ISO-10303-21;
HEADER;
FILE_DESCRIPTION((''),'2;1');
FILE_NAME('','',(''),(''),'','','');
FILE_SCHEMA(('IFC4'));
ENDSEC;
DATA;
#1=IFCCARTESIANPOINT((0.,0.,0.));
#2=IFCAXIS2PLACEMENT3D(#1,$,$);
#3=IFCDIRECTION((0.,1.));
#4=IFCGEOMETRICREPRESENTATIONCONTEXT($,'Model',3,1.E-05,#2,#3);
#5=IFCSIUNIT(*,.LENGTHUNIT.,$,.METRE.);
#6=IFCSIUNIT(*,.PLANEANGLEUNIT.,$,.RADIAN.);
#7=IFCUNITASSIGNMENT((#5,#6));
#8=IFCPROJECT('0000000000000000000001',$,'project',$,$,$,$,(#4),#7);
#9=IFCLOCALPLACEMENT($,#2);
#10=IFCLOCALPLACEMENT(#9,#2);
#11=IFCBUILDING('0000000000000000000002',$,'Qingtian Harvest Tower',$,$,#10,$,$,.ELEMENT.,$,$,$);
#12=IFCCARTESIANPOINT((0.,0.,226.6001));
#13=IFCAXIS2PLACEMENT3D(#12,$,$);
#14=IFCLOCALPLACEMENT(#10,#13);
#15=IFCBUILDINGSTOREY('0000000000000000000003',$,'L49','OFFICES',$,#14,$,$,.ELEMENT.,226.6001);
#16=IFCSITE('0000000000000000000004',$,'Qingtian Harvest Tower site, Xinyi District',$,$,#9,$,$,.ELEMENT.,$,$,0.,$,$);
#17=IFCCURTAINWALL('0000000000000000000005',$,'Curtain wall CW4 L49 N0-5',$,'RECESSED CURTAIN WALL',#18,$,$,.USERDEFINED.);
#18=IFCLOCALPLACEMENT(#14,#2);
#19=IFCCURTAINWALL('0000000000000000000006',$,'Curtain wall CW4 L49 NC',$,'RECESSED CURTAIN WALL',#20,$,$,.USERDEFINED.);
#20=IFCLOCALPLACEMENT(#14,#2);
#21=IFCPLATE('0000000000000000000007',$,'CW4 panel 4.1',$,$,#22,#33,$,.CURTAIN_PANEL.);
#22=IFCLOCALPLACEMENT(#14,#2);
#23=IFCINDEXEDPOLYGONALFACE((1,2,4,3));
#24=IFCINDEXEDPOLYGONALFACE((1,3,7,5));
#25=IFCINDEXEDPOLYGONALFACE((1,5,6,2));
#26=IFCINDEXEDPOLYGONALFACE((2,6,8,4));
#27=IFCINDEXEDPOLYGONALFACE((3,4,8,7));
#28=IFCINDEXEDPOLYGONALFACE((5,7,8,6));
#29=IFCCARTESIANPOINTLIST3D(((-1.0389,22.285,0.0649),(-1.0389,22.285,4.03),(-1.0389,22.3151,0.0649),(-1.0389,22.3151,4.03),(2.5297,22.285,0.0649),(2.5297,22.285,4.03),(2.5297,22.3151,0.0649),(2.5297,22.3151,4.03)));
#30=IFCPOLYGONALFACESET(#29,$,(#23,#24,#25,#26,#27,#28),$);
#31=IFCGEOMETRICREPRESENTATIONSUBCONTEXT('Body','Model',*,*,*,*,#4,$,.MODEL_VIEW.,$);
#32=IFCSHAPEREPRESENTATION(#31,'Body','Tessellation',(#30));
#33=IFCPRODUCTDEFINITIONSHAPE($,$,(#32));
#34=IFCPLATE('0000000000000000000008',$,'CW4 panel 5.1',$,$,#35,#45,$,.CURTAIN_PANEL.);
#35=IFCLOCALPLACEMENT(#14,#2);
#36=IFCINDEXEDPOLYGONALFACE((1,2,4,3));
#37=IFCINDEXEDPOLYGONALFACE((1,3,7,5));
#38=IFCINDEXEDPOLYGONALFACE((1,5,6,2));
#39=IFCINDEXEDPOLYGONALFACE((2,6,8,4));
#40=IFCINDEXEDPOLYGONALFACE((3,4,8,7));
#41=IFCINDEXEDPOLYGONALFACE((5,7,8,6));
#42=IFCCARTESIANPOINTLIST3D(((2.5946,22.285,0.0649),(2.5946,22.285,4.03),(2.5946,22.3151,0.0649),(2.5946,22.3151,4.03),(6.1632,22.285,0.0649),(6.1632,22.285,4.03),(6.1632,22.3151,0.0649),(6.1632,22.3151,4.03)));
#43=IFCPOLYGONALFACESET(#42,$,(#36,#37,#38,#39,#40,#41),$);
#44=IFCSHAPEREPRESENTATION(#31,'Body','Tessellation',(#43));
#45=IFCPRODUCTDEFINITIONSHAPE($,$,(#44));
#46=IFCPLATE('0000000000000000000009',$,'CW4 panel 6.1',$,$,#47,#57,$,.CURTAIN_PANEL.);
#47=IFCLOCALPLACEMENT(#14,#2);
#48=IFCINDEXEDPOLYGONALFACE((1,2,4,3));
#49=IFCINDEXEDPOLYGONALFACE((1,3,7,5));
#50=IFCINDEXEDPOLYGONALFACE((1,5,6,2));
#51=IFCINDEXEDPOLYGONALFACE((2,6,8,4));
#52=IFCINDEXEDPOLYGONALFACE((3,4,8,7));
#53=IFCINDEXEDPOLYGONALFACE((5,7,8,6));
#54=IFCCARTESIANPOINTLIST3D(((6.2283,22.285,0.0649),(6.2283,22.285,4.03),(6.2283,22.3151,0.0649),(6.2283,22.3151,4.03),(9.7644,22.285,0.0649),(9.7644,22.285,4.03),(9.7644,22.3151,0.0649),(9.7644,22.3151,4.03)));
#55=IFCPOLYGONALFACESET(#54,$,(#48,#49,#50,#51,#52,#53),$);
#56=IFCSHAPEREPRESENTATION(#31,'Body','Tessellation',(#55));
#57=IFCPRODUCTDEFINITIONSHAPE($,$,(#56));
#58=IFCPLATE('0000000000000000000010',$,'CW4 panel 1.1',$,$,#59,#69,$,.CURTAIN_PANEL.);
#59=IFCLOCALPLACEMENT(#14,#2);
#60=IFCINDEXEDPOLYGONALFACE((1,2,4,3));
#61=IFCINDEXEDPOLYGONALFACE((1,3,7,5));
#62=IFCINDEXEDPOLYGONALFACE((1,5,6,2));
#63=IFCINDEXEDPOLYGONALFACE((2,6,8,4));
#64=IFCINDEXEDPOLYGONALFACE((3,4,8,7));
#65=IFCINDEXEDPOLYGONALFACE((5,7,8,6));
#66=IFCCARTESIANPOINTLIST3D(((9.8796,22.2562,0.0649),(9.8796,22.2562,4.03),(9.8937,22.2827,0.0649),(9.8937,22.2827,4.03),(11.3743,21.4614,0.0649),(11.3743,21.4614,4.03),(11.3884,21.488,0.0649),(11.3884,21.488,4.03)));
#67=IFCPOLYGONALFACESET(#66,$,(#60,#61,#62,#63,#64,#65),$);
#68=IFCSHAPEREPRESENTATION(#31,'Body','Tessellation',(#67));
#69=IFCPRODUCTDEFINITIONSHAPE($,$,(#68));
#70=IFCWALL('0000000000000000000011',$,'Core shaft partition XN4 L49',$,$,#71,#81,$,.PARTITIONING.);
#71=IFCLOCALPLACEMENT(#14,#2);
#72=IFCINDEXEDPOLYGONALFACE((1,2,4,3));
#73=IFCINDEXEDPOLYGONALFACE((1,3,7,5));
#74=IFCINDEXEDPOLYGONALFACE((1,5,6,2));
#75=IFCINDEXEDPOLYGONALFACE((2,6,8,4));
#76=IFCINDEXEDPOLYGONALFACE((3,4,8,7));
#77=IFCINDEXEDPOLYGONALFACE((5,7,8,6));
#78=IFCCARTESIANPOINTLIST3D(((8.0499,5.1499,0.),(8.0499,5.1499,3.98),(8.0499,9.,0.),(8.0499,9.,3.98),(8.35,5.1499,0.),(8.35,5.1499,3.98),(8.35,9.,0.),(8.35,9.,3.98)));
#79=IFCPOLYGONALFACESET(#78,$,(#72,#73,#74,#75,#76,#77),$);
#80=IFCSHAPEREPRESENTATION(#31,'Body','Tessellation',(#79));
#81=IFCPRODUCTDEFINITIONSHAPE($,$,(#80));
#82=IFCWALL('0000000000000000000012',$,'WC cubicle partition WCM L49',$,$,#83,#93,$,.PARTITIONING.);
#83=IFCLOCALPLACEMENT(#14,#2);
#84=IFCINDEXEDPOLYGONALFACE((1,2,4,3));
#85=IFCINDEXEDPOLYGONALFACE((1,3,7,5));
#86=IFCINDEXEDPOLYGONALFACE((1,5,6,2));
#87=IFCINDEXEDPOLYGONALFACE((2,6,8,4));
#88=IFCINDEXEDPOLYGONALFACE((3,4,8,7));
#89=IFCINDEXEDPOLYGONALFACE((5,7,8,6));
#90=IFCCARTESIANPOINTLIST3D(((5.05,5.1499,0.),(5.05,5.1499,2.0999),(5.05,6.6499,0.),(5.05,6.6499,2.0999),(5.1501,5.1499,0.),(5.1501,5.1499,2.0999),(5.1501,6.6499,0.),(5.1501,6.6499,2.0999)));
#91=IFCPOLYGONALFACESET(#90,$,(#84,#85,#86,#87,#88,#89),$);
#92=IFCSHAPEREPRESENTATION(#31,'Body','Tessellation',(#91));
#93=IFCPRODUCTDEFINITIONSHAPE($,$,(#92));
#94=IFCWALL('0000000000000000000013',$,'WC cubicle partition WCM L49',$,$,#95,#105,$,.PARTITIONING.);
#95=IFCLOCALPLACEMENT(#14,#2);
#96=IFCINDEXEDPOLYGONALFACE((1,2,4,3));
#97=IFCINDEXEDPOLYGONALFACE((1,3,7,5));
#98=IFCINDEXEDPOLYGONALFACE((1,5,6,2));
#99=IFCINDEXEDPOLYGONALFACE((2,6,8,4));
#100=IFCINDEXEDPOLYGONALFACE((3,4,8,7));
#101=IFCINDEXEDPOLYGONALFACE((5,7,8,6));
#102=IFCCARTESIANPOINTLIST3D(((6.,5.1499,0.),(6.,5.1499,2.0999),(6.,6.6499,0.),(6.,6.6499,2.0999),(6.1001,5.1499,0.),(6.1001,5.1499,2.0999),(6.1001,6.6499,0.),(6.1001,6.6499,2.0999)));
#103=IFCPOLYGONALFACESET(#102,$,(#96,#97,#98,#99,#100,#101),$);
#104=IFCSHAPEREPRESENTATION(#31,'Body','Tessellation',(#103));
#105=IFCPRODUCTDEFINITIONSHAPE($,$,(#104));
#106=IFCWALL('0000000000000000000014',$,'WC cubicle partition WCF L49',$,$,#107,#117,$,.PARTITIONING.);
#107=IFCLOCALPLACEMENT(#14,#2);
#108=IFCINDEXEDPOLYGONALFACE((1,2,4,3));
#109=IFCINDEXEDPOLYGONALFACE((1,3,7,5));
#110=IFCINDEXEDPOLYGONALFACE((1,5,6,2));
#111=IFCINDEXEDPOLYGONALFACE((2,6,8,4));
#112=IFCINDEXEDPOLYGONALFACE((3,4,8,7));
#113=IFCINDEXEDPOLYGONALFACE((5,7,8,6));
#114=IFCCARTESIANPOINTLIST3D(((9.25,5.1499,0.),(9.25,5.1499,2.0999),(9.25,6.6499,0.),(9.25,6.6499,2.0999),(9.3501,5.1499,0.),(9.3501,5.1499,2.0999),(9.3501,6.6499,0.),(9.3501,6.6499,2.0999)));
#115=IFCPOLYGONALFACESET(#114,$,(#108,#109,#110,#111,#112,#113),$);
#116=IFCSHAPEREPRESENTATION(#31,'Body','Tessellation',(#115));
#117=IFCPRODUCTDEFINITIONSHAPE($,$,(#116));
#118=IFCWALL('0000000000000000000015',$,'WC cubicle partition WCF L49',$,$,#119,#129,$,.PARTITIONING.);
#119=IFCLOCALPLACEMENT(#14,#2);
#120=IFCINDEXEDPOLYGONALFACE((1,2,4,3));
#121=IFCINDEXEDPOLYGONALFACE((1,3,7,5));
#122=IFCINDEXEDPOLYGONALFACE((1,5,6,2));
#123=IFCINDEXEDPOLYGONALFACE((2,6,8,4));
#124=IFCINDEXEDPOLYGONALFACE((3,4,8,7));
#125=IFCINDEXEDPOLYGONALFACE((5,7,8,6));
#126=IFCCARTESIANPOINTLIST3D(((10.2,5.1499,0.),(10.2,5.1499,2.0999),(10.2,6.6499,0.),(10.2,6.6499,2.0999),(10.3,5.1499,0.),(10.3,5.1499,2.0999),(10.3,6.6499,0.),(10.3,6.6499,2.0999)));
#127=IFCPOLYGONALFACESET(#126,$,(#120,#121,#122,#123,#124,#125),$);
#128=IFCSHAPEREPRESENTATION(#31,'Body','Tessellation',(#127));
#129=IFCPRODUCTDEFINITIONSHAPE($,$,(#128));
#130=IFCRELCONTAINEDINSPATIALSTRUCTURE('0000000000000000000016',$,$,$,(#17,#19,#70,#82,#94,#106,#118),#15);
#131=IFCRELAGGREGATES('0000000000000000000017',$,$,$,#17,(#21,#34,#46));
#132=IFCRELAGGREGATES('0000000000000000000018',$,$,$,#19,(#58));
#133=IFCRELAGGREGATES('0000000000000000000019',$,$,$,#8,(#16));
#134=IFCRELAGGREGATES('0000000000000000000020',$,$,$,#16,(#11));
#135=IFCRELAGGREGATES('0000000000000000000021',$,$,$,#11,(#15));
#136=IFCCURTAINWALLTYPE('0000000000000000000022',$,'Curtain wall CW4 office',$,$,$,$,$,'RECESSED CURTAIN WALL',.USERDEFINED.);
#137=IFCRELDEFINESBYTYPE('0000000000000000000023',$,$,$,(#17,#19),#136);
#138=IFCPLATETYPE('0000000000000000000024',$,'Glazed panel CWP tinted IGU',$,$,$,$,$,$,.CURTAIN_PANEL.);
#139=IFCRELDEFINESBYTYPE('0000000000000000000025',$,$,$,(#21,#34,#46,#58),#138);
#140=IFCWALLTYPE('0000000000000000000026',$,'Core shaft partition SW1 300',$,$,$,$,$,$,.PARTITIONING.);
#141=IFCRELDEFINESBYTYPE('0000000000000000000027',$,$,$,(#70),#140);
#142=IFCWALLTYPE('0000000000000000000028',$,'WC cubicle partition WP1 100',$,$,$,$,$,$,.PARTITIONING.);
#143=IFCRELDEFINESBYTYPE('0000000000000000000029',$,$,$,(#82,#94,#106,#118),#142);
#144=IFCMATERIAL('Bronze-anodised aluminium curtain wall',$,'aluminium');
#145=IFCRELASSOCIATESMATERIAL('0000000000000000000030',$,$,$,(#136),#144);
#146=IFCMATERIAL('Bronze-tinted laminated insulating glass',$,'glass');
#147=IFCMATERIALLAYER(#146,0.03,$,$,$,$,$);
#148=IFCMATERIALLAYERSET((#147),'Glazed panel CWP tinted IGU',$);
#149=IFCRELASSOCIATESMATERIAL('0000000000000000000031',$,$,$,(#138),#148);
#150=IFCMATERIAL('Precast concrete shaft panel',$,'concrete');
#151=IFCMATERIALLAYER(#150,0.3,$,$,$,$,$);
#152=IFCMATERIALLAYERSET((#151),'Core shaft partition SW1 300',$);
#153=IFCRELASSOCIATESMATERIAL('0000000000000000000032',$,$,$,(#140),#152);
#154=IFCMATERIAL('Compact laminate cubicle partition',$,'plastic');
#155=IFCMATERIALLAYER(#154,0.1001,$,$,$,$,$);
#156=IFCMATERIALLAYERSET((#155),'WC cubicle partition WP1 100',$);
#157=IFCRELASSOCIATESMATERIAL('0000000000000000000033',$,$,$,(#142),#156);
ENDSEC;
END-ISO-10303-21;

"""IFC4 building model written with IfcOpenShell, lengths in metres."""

from ifc_helpers import new_model, si_unit, direction, frame, frame_2d, origin, origin_2d, place, context, subcontext, project, spatial, rectangle, extrude, material, layer, layer_set, type_object, element, aggregate, save


model = new_model("IFC4")

# Units and contexts
model_context = context("Model", 3, precision=1e-05, world=origin(), true_north=direction((0.0, 1.0)))
body_context = subcontext(model_context, "Body", "Model", "MODEL_VIEW")
ifc_project = project(units=[si_unit("LENGTHUNIT", "METRE"), si_unit("PLANEANGLEUNIT", "RADIAN")], contexts=[model_context])

# Site, building, storey
site_placement = place(None, origin())
site = spatial("IfcSite", under=ifc_project, at=site_placement, Name="Qingtian Harvest Tower site, Xinyi District", CompositionType="ELEMENT", RefElevation=0.0)
building_placement = place(site_placement, origin())
building = spatial("IfcBuilding", under=site, at=building_placement, Name="Qingtian Harvest Tower", CompositionType="ELEMENT")
storey_placement = place(building_placement, frame((0.0, 0.0, 226.6001)))
storey = spatial("IfcBuildingStorey", under=building, at=storey_placement, Name="L49", Description="OFFICES", CompositionType="ELEMENT", Elevation=226.6001)

# Curtain walls
ifc_material_1 = material(Name="Bronze-anodised aluminium curtain wall", Category="aluminium")
curtain_wall_type = type_object("IfcCurtainWallType", Name="Curtain wall CW4 office", ElementType="RECESSED CURTAIN WALL", PredefinedType="USERDEFINED", material=ifc_material_1)
curtain_wall_1_placement = place(storey_placement, origin())
curtain_wall_1 = element("IfcCurtainWall", 1, at=curtain_wall_1_placement, inside=storey, type_object=curtain_wall_type, Name="Curtain wall CW4 L49 N0-5", ObjectType="RECESSED CURTAIN WALL", PredefinedType="USERDEFINED")
curtain_wall_2_placement = place(storey_placement, origin())
curtain_wall_2 = element("IfcCurtainWall", 2, at=curtain_wall_2_placement, inside=storey, type_object=curtain_wall_type, Name="Curtain wall CW4 L49 NC", ObjectType="RECESSED CURTAIN WALL", PredefinedType="USERDEFINED")

# Plates
ifc_material_2 = material(Name="Bronze-tinted laminated insulating glass", Category="glass")
ifc_layer_1 = layer(ifc_material_2, 0.03)
ifc_layer_set_1 = layer_set([ifc_layer_1], Name="Glazed panel CWP tinted IGU")
plate_type = type_object("IfcPlateType", Name="Glazed panel CWP tinted IGU", PredefinedType="CURTAIN_PANEL", material=ifc_layer_set_1)
plate_1_placement = place(storey_placement, frame((0.7454, 22.3, 0.0649), z_axis=(0.0, 0.0, 1.0), x_axis=(1.0, 0.0, 0.0)))
plate_1 = element("IfcPlate", 3, at=plate_1_placement, type_object=plate_type, Name="CW4 panel 4.1", PredefinedType="CURTAIN_PANEL", context=body_context, shape_type="SweptSolid", body=[
    extrude(rectangle(XDim=3.5686, YDim=0.03, at=origin_2d()), origin(), (0.0, 0.0, 1.0), 3.9651),
])
plate_2_placement = place(storey_placement, frame((4.3789, 22.3, 0.0649), z_axis=(0.0, 0.0, 1.0), x_axis=(1.0, 0.0, 0.0)))
plate_2 = element("IfcPlate", 4, at=plate_2_placement, type_object=plate_type, Name="CW4 panel 5.1", PredefinedType="CURTAIN_PANEL", context=body_context, shape_type="SweptSolid", body=[
    extrude(rectangle(XDim=3.5686, YDim=0.03, at=origin_2d()), origin(), (0.0, 0.0, 1.0), 3.9651),
])
plate_3_placement = place(storey_placement, frame((7.9963, 22.3, 0.0649), z_axis=(0.0, 0.0, 1.0), x_axis=(1.0, 0.0, 0.0)))
plate_3 = element("IfcPlate", 5, at=plate_3_placement, type_object=plate_type, Name="CW4 panel 6.1", PredefinedType="CURTAIN_PANEL", context=body_context, shape_type="SweptSolid", body=[
    extrude(rectangle(XDim=3.5361, YDim=0.03, at=origin_2d()), origin(), (0.0, 0.0, 1.0), 3.9651),
])
aggregate(curtain_wall_1, [plate_1, plate_2, plate_3])
plate_4_placement = place(storey_placement, frame((10.634, 21.8721, 0.0649), z_axis=(0.0, 0.0, 1.0), x_axis=(0.882948, -0.469472, 0.0)))
plate_4 = element("IfcPlate", 6, at=plate_4_placement, type_object=plate_type, Name="CW4 panel 1.1", PredefinedType="CURTAIN_PANEL", context=body_context, shape_type="SweptSolid", body=[
    extrude(rectangle(XDim=1.6929, YDim=0.03, at=origin_2d()), origin(), (0.0, 0.0, 1.0), 3.9651),
])
aggregate(curtain_wall_2, [plate_4])

# Walls
ifc_material_3 = material(Name="Precast concrete shaft panel", Category="concrete")
ifc_layer_2 = layer(ifc_material_3, 0.3)
ifc_layer_set_2 = layer_set([ifc_layer_2], Name="Core shaft partition SW1 300")
wall_type_1 = type_object("IfcWallType", Name="Core shaft partition SW1 300", PredefinedType="PARTITIONING", material=ifc_layer_set_2)
wall_placement = place(storey_placement, frame((8.2, 5.1499, 0.0), z_axis=(0.0, 0.0, 1.0), x_axis=(0.0, 1.0, 0.0)))
element("IfcWall", 7, at=wall_placement, inside=storey, type_object=wall_type_1, Name="Core shaft partition XN4 L49", PredefinedType="PARTITIONING", context=body_context, shape_type="SweptSolid", body=[
    extrude(rectangle(XDim=3.8501, YDim=0.3, at=frame_2d((1.925, 0.0))), origin(), (0.0, 0.0, 1.0), 3.98),
])
ifc_material_4 = material(Name="Compact laminate cubicle partition", Category="plastic")
ifc_layer_3 = layer(ifc_material_4, 0.1001)
ifc_layer_set_3 = layer_set([ifc_layer_3], Name="WC cubicle partition WP1 100")
wall_type_2 = type_object("IfcWallType", Name="WC cubicle partition WP1 100", PredefinedType="PARTITIONING", material=ifc_layer_set_3)
for number, where, z_axis, x_axis, name in (
    (8, (5.1001, 5.1499, 0.0), (0.0, 0.0, 1.0), (0.0, 1.0, 0.0), "WC cubicle partition WCM L49"),
    (9, (6.05, 5.1499, 0.0), (0.0, 0.0, 1.0), (0.0, 1.0, 0.0), "WC cubicle partition WCM L49"),
    (10, (9.3, 5.1499, 0.0), (0.0, 0.0, 1.0), (0.0, 1.0, 0.0), "WC cubicle partition WCF L49"),
    (11, (10.25, 5.1499, 0.0), (0.0, 0.0, 1.0), (0.0, 1.0, 0.0), "WC cubicle partition WCF L49"),
):
    element("IfcWall", number, at=place(storey_placement, frame(where, z_axis=z_axis, x_axis=x_axis)), inside=storey, type_object=wall_type_2, Name=name, PredefinedType="PARTITIONING", context=body_context, shape_type="SweptSolid", body=[
        extrude(rectangle(XDim=1.5, YDim=0.1001, at=frame_2d((0.75, 0.0))), origin(), (0.0, 0.0, 1.0), 2.0999),
    ])

save(model, "model.ifc")
